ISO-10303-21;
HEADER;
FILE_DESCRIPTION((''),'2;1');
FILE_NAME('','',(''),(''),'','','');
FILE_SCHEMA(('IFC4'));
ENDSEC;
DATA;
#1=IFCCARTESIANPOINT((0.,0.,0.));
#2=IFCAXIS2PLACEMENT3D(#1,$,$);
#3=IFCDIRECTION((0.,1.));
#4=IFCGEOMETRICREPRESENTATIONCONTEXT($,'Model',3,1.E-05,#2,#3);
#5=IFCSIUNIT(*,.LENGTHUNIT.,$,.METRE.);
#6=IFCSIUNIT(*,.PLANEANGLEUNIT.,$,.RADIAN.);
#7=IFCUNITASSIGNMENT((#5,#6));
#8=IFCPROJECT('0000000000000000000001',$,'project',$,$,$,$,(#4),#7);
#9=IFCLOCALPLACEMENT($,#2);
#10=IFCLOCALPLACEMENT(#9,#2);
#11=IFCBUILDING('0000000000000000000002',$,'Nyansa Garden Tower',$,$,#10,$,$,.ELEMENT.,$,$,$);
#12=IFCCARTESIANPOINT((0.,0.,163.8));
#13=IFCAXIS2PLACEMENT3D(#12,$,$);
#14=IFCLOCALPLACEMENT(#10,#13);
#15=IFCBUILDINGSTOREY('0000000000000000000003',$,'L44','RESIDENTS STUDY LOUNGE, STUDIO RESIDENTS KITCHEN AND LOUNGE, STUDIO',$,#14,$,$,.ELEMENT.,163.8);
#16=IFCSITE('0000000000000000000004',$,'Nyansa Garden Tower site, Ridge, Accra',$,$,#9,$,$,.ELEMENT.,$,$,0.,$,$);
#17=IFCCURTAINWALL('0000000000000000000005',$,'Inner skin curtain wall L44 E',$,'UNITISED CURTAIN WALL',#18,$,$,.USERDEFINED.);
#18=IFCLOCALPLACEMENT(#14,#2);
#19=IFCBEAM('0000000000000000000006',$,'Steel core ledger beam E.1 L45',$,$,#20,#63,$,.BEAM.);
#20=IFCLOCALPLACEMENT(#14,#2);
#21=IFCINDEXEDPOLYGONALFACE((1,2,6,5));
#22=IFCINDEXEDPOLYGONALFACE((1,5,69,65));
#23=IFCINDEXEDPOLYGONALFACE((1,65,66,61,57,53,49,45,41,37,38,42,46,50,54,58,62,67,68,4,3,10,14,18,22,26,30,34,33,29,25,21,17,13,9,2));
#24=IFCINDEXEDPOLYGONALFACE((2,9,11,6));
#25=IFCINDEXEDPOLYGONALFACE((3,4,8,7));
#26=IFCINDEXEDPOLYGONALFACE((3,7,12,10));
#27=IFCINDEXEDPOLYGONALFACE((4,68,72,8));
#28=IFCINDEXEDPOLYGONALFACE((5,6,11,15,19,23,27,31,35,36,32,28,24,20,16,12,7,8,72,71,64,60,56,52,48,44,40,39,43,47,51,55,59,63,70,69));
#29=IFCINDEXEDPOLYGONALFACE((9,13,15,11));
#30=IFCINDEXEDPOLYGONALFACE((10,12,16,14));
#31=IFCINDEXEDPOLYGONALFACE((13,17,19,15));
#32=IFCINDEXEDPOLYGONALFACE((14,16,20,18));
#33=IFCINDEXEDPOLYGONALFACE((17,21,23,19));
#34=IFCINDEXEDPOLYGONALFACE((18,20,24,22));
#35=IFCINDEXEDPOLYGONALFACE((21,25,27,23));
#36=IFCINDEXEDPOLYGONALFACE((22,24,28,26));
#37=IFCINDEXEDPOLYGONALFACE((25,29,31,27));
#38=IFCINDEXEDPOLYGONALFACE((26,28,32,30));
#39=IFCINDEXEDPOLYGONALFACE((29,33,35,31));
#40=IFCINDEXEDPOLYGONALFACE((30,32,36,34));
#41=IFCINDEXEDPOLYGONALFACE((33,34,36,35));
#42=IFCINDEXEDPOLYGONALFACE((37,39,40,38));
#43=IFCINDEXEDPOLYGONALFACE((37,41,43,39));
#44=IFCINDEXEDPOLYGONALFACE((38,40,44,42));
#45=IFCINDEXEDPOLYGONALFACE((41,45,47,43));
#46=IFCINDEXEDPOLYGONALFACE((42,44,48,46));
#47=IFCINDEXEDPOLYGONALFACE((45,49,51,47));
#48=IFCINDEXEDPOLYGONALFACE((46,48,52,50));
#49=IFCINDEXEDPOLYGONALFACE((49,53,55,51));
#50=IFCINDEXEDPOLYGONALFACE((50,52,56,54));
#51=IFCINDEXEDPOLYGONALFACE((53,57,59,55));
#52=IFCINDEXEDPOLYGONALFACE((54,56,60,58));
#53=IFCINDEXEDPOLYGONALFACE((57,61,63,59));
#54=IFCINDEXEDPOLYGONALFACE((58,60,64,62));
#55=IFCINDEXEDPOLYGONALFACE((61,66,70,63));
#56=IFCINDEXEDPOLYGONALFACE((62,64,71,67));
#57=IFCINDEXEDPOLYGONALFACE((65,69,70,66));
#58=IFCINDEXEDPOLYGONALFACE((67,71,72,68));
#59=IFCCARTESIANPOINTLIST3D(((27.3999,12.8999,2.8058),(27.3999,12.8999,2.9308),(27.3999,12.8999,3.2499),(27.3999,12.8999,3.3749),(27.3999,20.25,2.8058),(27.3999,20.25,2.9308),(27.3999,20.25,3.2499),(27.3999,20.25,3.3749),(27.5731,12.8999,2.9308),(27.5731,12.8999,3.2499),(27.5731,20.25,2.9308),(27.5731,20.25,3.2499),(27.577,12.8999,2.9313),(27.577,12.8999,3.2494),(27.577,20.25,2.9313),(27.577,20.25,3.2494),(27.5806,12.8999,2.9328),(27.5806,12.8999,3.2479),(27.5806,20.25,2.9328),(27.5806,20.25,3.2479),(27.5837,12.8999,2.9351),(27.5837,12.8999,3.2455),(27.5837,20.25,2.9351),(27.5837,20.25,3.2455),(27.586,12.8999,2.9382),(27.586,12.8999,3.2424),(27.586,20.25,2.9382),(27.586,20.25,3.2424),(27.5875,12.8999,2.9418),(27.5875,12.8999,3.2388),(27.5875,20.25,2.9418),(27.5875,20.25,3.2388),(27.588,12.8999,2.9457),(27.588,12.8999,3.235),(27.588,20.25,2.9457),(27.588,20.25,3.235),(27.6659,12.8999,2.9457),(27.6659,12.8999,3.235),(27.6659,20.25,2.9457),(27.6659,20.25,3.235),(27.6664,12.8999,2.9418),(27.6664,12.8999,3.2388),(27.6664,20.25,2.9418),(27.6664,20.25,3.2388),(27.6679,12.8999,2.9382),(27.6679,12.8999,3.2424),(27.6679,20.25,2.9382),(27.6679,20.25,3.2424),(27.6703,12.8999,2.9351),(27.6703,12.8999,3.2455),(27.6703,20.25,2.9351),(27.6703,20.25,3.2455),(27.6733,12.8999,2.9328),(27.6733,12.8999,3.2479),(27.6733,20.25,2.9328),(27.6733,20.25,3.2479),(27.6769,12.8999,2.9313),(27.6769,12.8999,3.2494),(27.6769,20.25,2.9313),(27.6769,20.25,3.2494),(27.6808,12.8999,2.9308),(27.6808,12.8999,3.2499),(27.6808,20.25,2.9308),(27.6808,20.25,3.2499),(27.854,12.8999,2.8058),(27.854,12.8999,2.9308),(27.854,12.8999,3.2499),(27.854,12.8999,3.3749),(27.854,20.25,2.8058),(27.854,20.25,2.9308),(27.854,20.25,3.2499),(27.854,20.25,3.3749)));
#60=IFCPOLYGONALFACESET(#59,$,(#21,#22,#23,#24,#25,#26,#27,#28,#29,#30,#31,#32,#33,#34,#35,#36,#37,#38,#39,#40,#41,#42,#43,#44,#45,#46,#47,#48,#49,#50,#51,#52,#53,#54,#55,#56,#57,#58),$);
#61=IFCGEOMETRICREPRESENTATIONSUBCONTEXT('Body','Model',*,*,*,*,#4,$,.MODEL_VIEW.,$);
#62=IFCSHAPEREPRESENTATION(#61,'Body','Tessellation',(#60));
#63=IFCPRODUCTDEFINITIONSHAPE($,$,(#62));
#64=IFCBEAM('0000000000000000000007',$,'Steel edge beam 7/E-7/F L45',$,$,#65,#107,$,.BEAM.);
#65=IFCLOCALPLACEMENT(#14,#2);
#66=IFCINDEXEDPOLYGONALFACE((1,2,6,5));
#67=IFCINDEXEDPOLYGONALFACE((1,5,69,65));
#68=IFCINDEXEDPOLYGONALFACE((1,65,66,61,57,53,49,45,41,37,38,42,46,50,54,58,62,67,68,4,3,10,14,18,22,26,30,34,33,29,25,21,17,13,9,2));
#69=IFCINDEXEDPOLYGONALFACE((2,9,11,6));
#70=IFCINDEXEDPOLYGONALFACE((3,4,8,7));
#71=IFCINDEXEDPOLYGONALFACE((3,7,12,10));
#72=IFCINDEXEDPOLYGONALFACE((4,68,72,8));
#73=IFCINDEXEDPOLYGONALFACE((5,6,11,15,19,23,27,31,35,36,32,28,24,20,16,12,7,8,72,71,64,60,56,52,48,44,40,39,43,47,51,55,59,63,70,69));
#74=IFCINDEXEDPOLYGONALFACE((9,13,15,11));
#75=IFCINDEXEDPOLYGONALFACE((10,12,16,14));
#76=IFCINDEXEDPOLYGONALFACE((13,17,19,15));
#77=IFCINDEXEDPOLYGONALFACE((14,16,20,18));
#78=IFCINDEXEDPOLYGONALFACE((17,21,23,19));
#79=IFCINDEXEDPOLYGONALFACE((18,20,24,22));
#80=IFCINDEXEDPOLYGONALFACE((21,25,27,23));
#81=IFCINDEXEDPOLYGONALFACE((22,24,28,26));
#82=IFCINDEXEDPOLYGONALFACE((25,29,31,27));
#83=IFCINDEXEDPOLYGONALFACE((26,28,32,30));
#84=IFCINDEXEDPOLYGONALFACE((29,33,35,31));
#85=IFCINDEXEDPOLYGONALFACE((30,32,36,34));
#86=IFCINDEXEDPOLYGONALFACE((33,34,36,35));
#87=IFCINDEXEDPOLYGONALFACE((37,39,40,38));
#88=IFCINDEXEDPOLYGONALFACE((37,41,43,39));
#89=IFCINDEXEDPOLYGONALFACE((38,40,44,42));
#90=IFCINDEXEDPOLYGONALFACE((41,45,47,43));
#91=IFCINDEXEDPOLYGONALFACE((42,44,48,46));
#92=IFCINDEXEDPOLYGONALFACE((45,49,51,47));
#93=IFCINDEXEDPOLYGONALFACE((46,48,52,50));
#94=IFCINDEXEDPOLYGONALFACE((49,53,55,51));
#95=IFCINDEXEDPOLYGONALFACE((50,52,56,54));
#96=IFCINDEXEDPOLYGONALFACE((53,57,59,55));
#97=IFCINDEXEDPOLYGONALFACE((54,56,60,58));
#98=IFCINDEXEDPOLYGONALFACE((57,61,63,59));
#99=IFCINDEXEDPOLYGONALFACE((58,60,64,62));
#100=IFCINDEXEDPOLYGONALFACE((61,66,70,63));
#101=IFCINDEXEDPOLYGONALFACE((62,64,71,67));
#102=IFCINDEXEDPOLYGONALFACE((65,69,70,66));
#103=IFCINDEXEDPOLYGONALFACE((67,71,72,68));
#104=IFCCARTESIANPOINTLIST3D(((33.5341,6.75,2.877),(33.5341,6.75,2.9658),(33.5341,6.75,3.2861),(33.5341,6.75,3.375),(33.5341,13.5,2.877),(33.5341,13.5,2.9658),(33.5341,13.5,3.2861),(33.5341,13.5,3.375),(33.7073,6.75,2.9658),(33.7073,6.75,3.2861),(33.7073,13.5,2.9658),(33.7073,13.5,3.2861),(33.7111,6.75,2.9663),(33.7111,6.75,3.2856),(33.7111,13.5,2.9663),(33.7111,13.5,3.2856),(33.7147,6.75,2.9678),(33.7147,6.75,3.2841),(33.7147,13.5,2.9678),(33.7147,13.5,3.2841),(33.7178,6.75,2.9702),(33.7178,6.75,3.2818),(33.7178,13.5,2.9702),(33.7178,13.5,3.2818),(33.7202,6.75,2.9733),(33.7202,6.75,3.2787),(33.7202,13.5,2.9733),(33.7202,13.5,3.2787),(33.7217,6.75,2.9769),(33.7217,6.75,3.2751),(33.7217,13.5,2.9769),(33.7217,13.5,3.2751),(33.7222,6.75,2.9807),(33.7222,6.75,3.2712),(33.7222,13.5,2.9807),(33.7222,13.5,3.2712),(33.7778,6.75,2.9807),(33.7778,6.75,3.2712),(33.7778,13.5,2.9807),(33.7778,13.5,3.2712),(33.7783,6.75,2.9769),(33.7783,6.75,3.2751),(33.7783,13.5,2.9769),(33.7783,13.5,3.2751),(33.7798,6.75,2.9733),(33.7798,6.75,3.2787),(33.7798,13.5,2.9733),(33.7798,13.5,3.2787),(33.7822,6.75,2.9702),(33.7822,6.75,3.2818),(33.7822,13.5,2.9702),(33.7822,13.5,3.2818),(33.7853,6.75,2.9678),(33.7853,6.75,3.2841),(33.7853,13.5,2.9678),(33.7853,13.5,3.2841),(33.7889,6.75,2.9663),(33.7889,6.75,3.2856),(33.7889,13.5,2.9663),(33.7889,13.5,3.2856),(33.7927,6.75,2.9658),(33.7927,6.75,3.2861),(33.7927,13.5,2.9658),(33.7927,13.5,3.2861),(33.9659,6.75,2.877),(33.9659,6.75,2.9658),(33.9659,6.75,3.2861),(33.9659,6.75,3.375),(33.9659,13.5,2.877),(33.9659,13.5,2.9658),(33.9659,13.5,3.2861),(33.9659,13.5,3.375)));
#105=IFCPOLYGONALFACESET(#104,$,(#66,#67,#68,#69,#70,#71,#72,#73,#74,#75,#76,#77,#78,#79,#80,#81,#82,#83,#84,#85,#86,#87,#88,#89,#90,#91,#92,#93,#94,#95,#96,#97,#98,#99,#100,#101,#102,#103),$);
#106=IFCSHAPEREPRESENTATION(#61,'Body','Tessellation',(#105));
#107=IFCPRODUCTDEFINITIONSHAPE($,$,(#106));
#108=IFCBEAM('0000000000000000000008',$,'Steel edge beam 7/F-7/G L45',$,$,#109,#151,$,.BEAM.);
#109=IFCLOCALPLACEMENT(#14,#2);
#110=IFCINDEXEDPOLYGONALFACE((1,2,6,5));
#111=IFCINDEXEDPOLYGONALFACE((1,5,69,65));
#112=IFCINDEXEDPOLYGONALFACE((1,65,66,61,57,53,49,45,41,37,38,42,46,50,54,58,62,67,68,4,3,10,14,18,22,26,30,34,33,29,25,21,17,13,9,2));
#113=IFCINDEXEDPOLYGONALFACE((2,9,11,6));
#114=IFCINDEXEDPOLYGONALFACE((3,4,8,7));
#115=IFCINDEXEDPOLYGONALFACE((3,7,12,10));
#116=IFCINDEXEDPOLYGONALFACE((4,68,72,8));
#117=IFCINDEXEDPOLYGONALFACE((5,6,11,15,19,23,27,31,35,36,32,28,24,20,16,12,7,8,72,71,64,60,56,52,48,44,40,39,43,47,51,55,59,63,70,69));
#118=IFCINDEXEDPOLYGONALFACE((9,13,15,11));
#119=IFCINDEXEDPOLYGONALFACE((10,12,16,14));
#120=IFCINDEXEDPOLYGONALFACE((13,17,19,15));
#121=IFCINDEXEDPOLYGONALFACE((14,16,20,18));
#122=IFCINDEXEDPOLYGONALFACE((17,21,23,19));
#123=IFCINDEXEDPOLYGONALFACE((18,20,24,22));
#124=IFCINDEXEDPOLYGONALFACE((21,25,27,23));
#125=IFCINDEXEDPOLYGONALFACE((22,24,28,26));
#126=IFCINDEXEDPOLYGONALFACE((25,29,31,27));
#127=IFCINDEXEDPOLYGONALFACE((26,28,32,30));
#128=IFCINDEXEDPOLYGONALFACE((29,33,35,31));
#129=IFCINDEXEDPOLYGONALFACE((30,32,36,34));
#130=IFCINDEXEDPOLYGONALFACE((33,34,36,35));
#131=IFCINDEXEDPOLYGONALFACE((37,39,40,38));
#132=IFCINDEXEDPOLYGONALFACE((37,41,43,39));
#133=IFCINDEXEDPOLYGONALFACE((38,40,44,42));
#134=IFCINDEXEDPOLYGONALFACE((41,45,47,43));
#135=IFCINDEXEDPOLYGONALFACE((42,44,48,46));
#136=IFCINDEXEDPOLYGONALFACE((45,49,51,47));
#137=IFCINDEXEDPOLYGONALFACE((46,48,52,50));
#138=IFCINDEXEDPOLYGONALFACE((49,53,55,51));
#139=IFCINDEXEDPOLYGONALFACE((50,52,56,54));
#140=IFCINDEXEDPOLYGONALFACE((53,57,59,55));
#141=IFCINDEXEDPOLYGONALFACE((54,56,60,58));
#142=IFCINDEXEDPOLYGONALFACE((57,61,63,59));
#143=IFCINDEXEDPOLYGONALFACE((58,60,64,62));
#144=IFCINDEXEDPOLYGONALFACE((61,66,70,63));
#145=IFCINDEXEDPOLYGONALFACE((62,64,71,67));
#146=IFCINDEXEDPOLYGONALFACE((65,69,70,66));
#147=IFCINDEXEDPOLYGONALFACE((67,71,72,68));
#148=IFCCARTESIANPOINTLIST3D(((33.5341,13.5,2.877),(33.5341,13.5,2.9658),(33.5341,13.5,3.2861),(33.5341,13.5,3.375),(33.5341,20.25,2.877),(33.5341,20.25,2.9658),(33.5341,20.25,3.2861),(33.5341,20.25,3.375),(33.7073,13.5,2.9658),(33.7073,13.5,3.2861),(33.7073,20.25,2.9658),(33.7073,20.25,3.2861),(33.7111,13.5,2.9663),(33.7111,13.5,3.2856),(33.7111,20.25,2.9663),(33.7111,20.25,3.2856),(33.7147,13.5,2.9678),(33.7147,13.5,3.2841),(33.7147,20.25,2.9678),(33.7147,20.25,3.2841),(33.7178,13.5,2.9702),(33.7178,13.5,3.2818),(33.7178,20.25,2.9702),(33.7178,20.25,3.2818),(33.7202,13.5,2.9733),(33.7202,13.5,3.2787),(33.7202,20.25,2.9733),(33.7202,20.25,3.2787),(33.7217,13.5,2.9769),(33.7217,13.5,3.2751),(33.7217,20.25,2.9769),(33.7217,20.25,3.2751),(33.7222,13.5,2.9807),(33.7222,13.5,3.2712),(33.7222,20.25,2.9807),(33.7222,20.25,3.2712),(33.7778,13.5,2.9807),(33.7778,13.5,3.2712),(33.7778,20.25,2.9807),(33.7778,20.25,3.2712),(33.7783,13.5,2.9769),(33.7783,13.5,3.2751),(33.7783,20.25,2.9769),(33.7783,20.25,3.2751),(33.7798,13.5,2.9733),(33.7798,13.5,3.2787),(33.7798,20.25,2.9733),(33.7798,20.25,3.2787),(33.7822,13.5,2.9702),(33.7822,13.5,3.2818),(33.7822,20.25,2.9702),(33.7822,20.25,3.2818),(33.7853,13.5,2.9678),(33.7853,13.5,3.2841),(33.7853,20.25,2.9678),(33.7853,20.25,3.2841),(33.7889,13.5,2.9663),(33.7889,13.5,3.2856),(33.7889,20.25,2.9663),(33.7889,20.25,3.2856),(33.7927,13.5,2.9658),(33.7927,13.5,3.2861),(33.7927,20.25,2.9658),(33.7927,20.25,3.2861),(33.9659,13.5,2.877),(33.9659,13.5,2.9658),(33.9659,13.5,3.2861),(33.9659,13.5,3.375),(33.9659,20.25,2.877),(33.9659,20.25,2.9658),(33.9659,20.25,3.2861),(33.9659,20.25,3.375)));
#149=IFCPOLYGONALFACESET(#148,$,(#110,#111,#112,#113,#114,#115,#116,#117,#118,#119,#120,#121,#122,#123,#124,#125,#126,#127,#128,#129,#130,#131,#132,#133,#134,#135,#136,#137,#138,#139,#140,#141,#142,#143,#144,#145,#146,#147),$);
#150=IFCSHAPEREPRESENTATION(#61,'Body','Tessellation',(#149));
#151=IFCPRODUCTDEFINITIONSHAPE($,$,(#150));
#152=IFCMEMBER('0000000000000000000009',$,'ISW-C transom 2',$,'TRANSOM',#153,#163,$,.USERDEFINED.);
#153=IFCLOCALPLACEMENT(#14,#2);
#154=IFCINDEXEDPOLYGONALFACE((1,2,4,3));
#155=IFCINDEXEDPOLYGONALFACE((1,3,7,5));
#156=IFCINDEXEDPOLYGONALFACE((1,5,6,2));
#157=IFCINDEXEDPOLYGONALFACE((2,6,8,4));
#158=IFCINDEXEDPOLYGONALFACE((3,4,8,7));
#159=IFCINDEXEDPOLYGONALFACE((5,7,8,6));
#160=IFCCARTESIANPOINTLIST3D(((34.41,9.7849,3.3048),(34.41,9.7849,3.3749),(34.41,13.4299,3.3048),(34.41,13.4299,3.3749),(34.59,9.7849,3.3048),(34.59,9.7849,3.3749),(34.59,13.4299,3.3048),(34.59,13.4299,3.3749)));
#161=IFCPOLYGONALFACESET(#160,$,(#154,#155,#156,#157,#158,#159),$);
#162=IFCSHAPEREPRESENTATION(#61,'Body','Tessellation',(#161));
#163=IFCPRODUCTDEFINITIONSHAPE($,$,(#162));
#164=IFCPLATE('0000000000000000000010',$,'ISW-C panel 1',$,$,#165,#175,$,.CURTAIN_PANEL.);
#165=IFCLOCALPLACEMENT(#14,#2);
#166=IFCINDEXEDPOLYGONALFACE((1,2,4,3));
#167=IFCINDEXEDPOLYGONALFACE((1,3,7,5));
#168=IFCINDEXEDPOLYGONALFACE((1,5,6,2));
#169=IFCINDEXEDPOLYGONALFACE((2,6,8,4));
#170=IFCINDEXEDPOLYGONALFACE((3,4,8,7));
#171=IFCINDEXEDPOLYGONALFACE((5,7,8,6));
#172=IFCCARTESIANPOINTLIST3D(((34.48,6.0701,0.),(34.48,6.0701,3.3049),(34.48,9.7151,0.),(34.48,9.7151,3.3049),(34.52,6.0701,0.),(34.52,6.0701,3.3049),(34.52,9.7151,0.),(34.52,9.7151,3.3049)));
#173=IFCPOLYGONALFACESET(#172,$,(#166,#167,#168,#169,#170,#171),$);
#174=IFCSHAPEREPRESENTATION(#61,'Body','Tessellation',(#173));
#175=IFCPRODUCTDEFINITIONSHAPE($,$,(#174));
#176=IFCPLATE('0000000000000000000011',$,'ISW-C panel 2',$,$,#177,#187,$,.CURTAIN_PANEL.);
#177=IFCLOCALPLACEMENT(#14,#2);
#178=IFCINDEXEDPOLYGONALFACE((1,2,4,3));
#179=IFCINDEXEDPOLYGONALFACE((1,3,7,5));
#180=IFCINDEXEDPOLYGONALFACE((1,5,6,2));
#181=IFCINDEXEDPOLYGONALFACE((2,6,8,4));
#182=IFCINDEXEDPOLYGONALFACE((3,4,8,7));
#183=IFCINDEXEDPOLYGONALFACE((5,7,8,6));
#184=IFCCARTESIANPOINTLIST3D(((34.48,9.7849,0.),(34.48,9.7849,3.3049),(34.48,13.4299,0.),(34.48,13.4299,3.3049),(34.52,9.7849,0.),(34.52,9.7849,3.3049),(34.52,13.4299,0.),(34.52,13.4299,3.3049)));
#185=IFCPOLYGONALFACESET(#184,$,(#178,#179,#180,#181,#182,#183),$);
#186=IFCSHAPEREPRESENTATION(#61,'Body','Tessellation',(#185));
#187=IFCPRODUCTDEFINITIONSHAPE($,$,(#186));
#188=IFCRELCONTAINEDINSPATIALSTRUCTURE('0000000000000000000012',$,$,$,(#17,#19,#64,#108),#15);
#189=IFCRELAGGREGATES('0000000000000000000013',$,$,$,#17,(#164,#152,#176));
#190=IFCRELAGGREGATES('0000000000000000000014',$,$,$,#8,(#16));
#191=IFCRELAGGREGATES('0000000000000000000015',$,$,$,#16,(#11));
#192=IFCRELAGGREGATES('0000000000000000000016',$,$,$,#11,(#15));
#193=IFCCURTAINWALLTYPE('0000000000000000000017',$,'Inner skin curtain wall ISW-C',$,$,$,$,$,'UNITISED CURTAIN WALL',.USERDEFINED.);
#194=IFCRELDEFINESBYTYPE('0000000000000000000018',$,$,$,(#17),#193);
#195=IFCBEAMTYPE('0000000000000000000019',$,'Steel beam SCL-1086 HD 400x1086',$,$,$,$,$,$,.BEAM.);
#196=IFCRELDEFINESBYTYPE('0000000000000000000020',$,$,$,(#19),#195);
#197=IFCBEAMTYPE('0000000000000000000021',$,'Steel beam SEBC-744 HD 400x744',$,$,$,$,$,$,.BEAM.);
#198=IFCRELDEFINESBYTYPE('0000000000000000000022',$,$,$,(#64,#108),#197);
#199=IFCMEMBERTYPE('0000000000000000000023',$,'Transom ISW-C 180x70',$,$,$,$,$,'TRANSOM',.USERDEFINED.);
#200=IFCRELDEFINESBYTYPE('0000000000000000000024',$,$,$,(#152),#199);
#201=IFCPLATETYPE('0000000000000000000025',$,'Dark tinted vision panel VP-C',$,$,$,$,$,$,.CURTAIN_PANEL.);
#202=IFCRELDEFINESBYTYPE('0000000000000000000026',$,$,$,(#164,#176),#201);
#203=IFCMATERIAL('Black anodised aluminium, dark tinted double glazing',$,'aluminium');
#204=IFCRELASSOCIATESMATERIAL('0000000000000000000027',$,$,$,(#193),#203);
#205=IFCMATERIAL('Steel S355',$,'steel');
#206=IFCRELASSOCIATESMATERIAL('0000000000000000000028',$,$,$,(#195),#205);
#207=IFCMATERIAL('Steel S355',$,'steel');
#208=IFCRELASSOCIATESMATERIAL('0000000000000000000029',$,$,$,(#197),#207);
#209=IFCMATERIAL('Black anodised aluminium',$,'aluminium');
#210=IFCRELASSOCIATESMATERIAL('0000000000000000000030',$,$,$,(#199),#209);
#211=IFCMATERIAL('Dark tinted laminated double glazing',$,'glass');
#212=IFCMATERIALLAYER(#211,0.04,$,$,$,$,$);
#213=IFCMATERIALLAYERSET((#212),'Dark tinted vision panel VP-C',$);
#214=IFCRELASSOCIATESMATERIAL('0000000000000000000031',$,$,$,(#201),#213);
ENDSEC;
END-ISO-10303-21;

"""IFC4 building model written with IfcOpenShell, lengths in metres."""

from ifc_helpers import new_model, si_unit, direction, frame, origin, origin_2d, place, context, subcontext, project, spatial, rectangle, i_section, extrude, material, layer, layer_set, material_profile, profile_set, type_object, element, aggregate, save


model = new_model("IFC4")

# Units and contexts
model_context = context("Model", 3, precision=1e-05, world=origin(), true_north=direction((0.0, 1.0)))
body_context = subcontext(model_context, "Body", "Model", "MODEL_VIEW")
ifc_project = project(units=[si_unit("LENGTHUNIT", "METRE"), si_unit("PLANEANGLEUNIT", "RADIAN")], contexts=[model_context])

# Site, building, storey
site_placement = place(None, origin())
site = spatial("IfcSite", under=ifc_project, at=site_placement, Name="Nyansa Garden Tower site, Ridge, Accra", CompositionType="ELEMENT", RefElevation=0.0)
building_placement = place(site_placement, origin())
building = spatial("IfcBuilding", under=site, at=building_placement, Name="Nyansa Garden Tower", CompositionType="ELEMENT")
storey_placement = place(building_placement, frame((0.0, 0.0, 163.8)))
storey = spatial("IfcBuildingStorey", under=building, at=storey_placement, Name="L44", Description="RESIDENTS STUDY LOUNGE, STUDIO RESIDENTS KITCHEN AND LOUNGE, STUDIO", CompositionType="ELEMENT", Elevation=163.8)

# Curtain wall
ifc_material_1 = material(Name="Black anodised aluminium, dark tinted double glazing", Category="aluminium")
curtain_wall_type = type_object("IfcCurtainWallType", Name="Inner skin curtain wall ISW-C", ElementType="UNITISED CURTAIN WALL", PredefinedType="USERDEFINED", material=ifc_material_1)
curtain_wall_placement = place(storey_placement, origin())
curtain_wall = element("IfcCurtainWall", 1, at=curtain_wall_placement, inside=storey, type_object=curtain_wall_type, Name="Inner skin curtain wall L44 E", ObjectType="UNITISED CURTAIN WALL", PredefinedType="USERDEFINED")

# Beams
ifc_material_2 = material(Name="Steel S355", Category="steel")
ifc_material_profile_1 = material_profile(ifc_material_2, i_section(OverallWidth=0.4541, OverallDepth=0.5691, WebThickness=0.0779, FlangeThickness=0.125, FilletRadius=0.0149, at=origin_2d()), Name="HD 400x1086")
ifc_profile_set_1 = profile_set([ifc_material_profile_1], Name="Steel S355")
beam_type_1 = type_object("IfcBeamType", Name="Steel beam SCL-1086 HD 400x1086", PredefinedType="BEAM", material=ifc_profile_set_1)
beam_1_placement = place(storey_placement, frame((27.627, 12.8999, 3.0903), z_axis=(0.0, 1.0, 0.0), x_axis=(-1.0, 0.0, 0.0)))
element("IfcBeam", 2, at=beam_1_placement, inside=storey, type_object=beam_type_1, Name="Steel core ledger beam E.1 L45", PredefinedType="BEAM", context=body_context, shape_type="SweptSolid", body=[
    extrude(i_section(OverallWidth=0.4541, OverallDepth=0.5691, WebThickness=0.0779, FlangeThickness=0.125, FilletRadius=0.0149, at=origin_2d()), origin(), (0.0, 0.0, 1.0), 7.3501),
])
ifc_material_3 = material(Name="Steel S355", Category="steel")
ifc_material_profile_2 = material_profile(ifc_material_3, i_section(OverallWidth=0.4319, OverallDepth=0.498, WebThickness=0.0557, FlangeThickness=0.0889, FilletRadius=0.0149, at=origin_2d()), Name="HD 400x744")
ifc_profile_set_2 = profile_set([ifc_material_profile_2], Name="Steel S355")
beam_type_2 = type_object("IfcBeamType", Name="Steel beam SEBC-744 HD 400x744", PredefinedType="BEAM", material=ifc_profile_set_2)
for number, where, z_axis, x_axis, name in (
    (3, (33.75, 6.75, 3.126), (0.0, 1.0, 0.0), (-1.0, 0.0, 0.0), "Steel edge beam 7/E-7/F L45"),
    (4, (33.75, 13.5, 3.126), (0.0, 1.0, 0.0), (-1.0, 0.0, 0.0), "Steel edge beam 7/F-7/G L45"),
):
    element("IfcBeam", number, at=place(storey_placement, frame(where, z_axis=z_axis, x_axis=x_axis)), inside=storey, type_object=beam_type_2, Name=name, PredefinedType="BEAM", context=body_context, shape_type="SweptSolid", body=[
        extrude(i_section(OverallWidth=0.4319, OverallDepth=0.498, WebThickness=0.0557, FlangeThickness=0.0889, FilletRadius=0.0149, at=origin_2d()), origin(), (0.0, 0.0, 1.0), 6.75),
    ])

# Member
ifc_material_4 = material(Name="Black anodised aluminium", Category="aluminium")
ifc_material_profile_3 = material_profile(ifc_material_4, rectangle(XDim=0.1799, YDim=0.0701, at=origin_2d()), Name="Transom 180x70")
ifc_profile_set_3 = profile_set([ifc_material_profile_3], Name="Black anodised aluminium")
member_type_1 = type_object("IfcMemberType", Name="Transom ISW-C 180x70", ElementType="TRANSOM", PredefinedType="USERDEFINED", material=ifc_profile_set_3)
member_1_placement = place(storey_placement, frame((34.5, 9.7849, 3.3398), z_axis=(0.0, 1.0, 0.0), x_axis=(-1.0, 0.0, 0.0)))
member_1 = element("IfcMember", 5, at=member_1_placement, type_object=member_type_1, Name="ISW-C transom 2", ObjectType="TRANSOM", PredefinedType="USERDEFINED", context=body_context, shape_type="SweptSolid", body=[
    extrude(rectangle(XDim=0.1799, YDim=0.0701, at=origin_2d()), origin(), (0.0, 0.0, 1.0), 3.645),
])

# Plates
ifc_material_5 = material(Name="Dark tinted laminated double glazing", Category="glass")
ifc_layer_1 = layer(ifc_material_5, 0.04)
ifc_layer_set_1 = layer_set([ifc_layer_1], Name="Dark tinted vision panel VP-C")
plate_type = type_object("IfcPlateType", Name="Dark tinted vision panel VP-C", PredefinedType="CURTAIN_PANEL", material=ifc_layer_set_1)
plate_1_placement = place(storey_placement, frame((34.5, 7.8926, 0.0), z_axis=(0.0, 0.0, 1.0), x_axis=(0.0, 1.0, 0.0)))
plate_1 = element("IfcPlate", 6, at=plate_1_placement, type_object=plate_type, Name="ISW-C panel 1", PredefinedType="CURTAIN_PANEL", context=body_context, shape_type="SweptSolid", body=[
    extrude(rectangle(XDim=3.645, YDim=0.04, at=origin_2d()), origin(), (0.0, 0.0, 1.0), 3.3049),
])
plate_2_placement = place(storey_placement, frame((34.5, 11.6074, 0.0), z_axis=(0.0, 0.0, 1.0), x_axis=(0.0, 1.0, 0.0)))
plate_2 = element("IfcPlate", 7, at=plate_2_placement, type_object=plate_type, Name="ISW-C panel 2", PredefinedType="CURTAIN_PANEL", context=body_context, shape_type="SweptSolid", body=[
    extrude(rectangle(XDim=3.645, YDim=0.04, at=origin_2d()), origin(), (0.0, 0.0, 1.0), 3.3049),
])
aggregate(curtain_wall, [plate_1, member_1, plate_2])

save(model, "model.ifc")
